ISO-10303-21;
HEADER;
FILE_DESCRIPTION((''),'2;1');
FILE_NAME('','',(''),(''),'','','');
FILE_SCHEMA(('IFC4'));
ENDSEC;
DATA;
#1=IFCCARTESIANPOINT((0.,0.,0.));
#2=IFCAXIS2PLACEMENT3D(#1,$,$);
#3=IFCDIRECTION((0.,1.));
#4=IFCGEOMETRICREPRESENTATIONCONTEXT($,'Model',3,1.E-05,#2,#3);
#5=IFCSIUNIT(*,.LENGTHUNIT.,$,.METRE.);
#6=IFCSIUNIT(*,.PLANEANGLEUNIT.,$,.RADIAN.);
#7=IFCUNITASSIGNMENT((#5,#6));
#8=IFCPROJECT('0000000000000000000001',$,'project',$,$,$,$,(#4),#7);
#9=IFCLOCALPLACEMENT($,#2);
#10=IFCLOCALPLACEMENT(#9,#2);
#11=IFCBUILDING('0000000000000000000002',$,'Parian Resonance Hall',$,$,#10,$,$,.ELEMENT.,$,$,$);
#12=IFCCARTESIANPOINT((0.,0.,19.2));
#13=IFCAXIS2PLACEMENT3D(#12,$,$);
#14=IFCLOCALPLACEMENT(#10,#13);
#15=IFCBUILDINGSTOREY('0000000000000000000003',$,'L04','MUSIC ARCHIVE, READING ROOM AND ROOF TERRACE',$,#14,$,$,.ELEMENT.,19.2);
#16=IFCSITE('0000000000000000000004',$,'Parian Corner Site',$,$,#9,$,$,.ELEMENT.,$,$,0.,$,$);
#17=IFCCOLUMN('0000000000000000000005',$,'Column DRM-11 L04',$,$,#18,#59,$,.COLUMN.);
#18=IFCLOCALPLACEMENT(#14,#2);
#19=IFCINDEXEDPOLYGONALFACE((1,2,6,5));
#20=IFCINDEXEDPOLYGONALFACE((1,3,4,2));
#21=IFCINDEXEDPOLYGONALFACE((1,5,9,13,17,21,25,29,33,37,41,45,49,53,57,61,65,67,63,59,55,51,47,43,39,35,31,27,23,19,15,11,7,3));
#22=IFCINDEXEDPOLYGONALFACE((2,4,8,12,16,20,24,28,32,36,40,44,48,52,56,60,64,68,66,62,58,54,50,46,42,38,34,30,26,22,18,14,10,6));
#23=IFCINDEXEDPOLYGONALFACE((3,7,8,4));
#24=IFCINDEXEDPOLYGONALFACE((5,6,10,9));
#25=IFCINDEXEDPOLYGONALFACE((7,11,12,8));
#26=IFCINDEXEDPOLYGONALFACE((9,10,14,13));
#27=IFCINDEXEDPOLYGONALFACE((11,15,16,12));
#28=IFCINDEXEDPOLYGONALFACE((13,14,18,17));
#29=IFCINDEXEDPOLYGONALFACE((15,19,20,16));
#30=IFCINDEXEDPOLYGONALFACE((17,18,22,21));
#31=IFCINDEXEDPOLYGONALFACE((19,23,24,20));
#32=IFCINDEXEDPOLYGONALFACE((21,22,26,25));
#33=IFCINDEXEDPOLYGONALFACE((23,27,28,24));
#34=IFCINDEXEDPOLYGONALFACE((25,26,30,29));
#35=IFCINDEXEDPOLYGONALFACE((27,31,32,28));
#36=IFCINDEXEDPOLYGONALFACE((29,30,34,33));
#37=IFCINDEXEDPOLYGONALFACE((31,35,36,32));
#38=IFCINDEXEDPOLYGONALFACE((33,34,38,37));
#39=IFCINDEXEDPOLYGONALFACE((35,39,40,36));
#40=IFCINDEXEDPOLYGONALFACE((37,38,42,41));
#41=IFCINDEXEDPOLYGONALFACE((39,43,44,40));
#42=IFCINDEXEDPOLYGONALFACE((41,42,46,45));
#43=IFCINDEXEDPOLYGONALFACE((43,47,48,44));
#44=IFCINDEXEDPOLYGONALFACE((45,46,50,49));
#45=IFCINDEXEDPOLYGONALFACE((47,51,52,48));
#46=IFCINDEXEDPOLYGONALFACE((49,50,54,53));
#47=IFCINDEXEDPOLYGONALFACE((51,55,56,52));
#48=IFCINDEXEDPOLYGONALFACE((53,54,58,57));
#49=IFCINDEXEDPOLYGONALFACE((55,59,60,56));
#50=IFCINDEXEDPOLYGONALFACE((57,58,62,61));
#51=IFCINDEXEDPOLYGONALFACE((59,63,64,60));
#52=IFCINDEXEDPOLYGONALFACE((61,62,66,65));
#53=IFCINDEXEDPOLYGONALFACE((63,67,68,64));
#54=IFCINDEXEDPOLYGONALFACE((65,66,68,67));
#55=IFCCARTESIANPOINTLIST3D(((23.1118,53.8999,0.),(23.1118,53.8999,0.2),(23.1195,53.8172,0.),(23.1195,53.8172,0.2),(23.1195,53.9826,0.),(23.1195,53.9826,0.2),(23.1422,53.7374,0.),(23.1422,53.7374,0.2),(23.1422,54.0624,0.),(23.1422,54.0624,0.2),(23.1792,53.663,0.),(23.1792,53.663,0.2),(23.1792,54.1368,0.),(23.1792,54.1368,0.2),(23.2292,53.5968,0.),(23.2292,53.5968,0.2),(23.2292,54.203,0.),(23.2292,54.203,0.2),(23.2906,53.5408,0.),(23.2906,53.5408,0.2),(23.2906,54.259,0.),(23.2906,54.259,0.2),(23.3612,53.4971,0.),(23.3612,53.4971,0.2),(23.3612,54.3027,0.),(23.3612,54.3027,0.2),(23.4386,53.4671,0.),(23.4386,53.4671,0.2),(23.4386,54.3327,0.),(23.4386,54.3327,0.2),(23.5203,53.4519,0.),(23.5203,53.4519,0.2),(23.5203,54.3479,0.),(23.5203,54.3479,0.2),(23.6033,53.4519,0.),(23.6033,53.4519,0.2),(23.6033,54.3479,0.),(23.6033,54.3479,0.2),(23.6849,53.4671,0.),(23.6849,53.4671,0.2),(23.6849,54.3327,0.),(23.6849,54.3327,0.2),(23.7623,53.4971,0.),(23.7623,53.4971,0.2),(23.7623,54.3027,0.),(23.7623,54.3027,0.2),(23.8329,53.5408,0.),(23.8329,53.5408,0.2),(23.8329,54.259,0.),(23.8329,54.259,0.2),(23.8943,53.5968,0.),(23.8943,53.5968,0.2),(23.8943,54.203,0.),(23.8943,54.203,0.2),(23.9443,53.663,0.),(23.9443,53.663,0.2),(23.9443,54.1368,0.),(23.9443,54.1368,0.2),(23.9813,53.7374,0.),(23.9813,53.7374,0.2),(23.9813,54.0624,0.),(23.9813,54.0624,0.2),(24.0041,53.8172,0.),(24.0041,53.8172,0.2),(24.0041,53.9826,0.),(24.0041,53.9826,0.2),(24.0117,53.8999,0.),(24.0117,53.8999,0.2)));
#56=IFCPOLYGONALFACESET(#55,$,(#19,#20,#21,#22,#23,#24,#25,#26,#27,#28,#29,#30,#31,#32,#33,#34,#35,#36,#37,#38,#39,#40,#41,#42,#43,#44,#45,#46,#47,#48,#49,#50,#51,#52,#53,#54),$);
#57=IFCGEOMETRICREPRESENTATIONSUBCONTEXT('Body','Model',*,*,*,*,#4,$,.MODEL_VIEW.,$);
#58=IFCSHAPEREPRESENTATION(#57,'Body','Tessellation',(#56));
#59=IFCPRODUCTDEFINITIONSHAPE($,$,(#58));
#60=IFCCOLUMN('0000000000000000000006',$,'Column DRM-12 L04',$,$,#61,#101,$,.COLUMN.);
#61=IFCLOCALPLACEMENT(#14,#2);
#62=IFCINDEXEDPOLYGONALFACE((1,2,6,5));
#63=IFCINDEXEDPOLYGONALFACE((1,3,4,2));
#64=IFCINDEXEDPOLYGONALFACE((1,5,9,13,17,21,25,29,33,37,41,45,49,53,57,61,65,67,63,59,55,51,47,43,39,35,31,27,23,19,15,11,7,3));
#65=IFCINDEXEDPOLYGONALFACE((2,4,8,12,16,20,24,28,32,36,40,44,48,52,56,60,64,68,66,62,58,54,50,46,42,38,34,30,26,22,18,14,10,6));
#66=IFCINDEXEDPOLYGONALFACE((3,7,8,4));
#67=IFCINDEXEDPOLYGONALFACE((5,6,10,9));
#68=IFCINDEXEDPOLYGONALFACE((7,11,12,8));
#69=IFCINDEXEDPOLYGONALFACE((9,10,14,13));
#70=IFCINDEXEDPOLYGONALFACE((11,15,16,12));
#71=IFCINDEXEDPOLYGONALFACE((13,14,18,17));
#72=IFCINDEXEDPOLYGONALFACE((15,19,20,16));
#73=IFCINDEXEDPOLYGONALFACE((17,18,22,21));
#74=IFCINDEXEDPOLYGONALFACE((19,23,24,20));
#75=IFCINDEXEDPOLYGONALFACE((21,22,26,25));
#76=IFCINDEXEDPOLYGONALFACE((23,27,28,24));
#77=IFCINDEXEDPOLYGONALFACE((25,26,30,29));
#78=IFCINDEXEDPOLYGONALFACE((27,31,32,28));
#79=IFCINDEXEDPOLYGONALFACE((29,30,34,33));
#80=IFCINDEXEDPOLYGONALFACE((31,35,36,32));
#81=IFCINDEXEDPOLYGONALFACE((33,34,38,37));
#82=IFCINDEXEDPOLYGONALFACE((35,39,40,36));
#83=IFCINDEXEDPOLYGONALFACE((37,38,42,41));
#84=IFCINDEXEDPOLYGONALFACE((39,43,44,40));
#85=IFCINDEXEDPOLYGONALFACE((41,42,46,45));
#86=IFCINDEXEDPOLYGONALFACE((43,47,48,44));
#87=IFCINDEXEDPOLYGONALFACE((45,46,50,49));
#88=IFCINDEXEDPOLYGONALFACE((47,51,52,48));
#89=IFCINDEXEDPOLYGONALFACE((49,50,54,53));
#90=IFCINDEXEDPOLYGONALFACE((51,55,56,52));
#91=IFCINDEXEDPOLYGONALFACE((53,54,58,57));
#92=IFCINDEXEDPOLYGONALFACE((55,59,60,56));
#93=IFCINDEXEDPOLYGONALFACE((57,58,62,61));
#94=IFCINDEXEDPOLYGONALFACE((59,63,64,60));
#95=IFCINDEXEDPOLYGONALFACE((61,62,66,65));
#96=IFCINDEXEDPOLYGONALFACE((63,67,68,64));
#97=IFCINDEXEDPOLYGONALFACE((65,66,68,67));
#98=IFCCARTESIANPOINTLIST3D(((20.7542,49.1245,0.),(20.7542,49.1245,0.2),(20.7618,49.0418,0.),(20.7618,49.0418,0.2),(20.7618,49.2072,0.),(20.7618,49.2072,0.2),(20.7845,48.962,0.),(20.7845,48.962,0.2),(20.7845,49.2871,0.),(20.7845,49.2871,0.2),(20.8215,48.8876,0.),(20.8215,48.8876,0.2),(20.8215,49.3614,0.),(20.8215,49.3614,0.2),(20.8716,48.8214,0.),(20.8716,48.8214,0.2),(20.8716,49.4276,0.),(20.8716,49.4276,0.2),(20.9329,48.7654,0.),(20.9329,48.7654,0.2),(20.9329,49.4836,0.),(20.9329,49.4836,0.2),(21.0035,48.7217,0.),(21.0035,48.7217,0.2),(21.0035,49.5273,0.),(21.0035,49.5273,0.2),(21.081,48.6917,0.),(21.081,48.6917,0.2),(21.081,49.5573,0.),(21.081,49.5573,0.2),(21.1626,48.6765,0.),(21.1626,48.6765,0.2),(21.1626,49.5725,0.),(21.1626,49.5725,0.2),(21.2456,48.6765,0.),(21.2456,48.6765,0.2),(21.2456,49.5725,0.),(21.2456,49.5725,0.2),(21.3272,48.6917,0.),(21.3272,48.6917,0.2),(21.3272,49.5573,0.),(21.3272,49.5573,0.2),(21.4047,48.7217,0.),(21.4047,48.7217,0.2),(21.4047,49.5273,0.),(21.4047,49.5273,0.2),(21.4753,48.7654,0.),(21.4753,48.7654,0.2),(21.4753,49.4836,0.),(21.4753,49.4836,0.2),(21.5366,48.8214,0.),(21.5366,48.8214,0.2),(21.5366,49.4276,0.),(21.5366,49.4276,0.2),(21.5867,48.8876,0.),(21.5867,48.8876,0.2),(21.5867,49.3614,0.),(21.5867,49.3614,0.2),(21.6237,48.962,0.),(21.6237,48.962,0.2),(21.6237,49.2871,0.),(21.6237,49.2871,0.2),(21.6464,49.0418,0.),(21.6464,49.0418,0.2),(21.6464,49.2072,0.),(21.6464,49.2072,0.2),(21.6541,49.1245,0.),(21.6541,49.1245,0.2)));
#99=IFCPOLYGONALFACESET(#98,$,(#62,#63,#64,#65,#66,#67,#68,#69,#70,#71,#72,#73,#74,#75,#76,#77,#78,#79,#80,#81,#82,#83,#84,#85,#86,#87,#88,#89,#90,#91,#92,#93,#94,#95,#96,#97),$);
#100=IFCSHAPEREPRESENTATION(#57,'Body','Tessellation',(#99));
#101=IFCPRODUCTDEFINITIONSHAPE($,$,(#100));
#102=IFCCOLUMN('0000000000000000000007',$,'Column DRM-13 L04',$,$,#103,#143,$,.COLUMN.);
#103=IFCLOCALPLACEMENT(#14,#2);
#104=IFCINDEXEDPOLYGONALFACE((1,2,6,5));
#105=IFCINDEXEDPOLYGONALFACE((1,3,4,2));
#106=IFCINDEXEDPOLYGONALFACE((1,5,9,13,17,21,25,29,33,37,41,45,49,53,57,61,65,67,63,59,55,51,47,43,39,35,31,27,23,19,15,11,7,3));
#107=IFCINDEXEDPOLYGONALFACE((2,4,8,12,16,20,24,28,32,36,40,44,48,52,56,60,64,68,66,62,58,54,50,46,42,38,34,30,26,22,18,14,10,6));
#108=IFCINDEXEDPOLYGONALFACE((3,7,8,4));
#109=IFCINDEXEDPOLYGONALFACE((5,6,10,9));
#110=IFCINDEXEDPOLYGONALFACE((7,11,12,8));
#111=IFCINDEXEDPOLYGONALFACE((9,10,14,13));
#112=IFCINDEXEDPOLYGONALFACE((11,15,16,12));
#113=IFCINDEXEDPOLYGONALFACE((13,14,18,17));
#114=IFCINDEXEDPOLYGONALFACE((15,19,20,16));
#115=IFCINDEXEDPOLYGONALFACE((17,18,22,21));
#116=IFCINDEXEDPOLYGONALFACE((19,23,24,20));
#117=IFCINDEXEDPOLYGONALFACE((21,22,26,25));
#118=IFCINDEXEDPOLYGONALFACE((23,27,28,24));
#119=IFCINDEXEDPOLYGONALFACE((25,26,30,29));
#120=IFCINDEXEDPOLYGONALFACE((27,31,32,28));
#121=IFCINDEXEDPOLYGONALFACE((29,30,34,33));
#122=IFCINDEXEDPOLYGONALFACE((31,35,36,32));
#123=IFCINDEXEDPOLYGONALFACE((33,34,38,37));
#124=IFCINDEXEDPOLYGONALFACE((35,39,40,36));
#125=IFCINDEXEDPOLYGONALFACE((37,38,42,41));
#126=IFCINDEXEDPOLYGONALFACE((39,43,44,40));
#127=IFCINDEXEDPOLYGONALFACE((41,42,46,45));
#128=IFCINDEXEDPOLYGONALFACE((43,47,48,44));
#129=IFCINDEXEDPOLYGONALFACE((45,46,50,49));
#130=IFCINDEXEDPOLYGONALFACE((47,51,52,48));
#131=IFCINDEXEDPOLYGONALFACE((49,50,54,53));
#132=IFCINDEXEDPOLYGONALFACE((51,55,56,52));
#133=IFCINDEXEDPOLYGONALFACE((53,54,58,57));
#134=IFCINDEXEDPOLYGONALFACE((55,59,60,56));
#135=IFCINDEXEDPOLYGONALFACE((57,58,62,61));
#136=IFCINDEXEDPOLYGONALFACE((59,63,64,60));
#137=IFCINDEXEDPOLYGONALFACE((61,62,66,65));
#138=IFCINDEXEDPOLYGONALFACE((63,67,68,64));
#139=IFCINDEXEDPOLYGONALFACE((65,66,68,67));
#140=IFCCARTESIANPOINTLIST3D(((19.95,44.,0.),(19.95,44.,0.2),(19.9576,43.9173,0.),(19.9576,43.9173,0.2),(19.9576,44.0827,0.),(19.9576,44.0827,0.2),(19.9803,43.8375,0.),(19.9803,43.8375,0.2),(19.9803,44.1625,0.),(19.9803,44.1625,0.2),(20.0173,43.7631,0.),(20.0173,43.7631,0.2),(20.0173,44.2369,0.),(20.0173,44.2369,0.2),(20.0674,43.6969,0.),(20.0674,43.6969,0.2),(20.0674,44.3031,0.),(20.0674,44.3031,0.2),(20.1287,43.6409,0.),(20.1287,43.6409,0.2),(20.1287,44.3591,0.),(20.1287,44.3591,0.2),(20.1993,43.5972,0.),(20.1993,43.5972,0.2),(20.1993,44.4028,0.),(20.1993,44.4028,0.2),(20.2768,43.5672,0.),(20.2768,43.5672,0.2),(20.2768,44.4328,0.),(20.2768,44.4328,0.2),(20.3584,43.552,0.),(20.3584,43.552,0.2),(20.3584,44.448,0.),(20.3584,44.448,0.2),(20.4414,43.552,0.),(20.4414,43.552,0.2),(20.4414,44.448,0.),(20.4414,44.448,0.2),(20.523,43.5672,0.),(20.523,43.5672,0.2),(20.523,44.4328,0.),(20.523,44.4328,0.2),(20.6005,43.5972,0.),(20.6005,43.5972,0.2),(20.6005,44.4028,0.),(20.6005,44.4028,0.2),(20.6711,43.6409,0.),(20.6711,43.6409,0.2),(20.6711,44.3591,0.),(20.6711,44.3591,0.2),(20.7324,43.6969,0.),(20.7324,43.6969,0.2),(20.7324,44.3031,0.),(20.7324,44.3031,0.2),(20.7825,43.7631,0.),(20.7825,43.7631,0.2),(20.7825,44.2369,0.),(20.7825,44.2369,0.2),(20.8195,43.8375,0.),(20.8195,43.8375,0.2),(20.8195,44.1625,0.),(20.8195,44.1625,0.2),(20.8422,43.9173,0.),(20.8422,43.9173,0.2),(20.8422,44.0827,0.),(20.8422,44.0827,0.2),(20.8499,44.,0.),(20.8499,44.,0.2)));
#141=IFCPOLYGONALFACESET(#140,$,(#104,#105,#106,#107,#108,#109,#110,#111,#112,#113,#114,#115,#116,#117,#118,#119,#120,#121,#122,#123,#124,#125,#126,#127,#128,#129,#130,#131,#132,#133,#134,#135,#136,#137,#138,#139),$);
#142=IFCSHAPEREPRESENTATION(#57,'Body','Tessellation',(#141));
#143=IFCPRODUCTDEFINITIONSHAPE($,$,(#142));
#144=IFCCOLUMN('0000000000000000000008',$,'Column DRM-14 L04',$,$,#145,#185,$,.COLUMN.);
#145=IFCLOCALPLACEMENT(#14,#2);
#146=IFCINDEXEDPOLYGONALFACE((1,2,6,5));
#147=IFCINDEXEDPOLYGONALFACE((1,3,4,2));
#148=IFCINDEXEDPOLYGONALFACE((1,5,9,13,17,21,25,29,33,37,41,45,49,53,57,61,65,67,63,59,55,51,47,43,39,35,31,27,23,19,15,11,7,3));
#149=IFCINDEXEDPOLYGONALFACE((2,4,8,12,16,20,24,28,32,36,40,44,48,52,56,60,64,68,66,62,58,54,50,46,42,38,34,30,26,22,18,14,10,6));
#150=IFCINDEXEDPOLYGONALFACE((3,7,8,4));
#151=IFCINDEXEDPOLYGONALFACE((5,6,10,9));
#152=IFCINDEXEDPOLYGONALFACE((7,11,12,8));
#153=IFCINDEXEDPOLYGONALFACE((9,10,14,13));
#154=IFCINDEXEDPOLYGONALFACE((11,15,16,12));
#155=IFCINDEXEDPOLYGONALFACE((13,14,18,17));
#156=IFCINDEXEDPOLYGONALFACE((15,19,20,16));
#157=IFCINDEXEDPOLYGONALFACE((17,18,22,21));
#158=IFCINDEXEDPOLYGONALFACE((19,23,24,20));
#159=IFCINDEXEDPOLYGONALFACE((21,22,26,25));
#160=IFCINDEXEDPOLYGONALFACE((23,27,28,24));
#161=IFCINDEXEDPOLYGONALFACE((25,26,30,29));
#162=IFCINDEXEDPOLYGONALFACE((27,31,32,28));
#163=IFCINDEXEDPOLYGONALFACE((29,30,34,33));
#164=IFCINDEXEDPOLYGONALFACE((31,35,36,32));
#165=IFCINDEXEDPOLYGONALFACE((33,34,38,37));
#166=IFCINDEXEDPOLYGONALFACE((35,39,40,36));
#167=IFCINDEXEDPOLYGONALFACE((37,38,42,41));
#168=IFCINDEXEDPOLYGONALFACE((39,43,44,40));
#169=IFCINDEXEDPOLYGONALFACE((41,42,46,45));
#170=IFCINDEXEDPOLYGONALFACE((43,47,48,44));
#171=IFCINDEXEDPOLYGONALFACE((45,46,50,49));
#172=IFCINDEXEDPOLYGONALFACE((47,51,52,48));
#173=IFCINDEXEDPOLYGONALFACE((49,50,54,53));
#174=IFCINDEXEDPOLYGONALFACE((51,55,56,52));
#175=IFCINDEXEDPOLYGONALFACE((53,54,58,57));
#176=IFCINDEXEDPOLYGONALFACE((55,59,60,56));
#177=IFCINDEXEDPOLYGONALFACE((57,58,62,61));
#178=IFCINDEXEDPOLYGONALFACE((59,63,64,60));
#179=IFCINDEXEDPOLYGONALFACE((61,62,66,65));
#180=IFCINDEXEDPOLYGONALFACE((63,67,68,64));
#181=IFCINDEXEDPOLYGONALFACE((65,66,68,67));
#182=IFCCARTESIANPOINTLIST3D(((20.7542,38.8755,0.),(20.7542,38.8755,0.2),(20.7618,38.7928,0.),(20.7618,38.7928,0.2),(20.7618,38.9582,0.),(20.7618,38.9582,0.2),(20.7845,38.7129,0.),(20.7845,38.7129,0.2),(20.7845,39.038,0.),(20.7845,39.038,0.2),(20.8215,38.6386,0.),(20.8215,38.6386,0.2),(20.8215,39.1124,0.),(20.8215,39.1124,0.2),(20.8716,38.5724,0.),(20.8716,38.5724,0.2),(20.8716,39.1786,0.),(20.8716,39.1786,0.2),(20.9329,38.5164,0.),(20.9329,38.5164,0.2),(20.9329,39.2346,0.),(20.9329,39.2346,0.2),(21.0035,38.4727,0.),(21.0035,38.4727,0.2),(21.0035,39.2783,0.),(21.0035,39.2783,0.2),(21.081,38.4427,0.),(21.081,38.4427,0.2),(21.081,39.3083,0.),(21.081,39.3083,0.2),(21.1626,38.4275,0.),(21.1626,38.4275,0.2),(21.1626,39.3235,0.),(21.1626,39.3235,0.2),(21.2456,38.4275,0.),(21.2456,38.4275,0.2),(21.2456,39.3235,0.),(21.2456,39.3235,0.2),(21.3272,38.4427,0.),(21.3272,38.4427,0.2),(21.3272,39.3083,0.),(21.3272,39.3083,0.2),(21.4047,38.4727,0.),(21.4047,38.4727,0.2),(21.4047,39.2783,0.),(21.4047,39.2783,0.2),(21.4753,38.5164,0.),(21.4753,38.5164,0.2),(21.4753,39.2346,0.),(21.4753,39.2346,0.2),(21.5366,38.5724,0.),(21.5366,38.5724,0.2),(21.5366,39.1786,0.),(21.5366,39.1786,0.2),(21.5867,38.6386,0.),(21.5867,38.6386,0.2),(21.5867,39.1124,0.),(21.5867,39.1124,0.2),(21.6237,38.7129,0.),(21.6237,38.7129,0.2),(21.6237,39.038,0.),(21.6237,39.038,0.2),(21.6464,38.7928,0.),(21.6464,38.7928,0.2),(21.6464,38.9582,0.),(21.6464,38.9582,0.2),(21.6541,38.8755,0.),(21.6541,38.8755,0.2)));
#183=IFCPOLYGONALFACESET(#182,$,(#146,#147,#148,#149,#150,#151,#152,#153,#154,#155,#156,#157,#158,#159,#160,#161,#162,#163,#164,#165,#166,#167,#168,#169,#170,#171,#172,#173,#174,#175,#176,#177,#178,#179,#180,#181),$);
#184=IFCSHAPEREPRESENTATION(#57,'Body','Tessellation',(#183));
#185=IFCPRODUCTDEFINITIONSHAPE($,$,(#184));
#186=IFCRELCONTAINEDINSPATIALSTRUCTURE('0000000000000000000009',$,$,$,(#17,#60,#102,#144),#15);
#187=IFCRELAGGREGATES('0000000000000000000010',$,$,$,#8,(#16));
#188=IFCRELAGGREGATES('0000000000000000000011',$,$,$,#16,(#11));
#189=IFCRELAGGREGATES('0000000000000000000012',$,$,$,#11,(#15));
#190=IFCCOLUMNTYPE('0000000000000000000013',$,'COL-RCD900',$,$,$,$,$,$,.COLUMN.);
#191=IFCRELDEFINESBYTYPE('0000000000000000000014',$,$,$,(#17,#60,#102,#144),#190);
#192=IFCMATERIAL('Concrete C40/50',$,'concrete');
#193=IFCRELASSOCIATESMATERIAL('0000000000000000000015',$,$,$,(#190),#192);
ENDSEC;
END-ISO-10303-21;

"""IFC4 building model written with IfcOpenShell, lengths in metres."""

from ifc_helpers import new_model, si_unit, direction, frame, origin, origin_2d, place, context, subcontext, project, spatial, circle, extrude, material, material_profile, profile_set, type_object, element, save


model = new_model("IFC4")

# Units and contexts
model_context = context("Model", 3, precision=1e-05, world=origin(), true_north=direction((0.0, 1.0)))
body_context = subcontext(model_context, "Body", "Model", "MODEL_VIEW")
ifc_project = project(units=[si_unit("LENGTHUNIT", "METRE"), si_unit("PLANEANGLEUNIT", "RADIAN")], contexts=[model_context])

# Site, building, storey
site_placement = place(None, origin())
site = spatial("IfcSite", under=ifc_project, at=site_placement, Name="Parian Corner Site", CompositionType="ELEMENT", RefElevation=0.0)
building_placement = place(site_placement, origin())
building = spatial("IfcBuilding", under=site, at=building_placement, Name="Parian Resonance Hall", CompositionType="ELEMENT")
storey_placement = place(building_placement, frame((0.0, 0.0, 19.2)))
storey = spatial("IfcBuildingStorey", under=building, at=storey_placement, Name="L04", Description="MUSIC ARCHIVE, READING ROOM AND ROOF TERRACE", CompositionType="ELEMENT", Elevation=19.2)

# Columns
ifc_material_1 = material(Name="Concrete C40/50", Category="concrete")
ifc_material_profile_1 = material_profile(ifc_material_1, circle(Radius=0.45, at=origin_2d()), Name="RC-COL-D900")
ifc_profile_set_1 = profile_set([ifc_material_profile_1], Name="Concrete C40/50")
column_type = type_object("IfcColumnType", Name="COL-RCD900", PredefinedType="COLUMN", material=ifc_profile_set_1)
for number, where, z_axis, x_axis, name in (
    (1, (23.5618, 53.8999, 0.0), (0.0, 0.0, 1.0), (1.0, 0.0, 0.0), "Column DRM-11 L04"),
    (2, (21.2041, 49.1245, 0.0), (0.0, 0.0, 1.0), (1.0, 0.0, 0.0), "Column DRM-12 L04"),
    (3, (20.3999, 44.0, 0.0), (0.0, 0.0, 1.0), (1.0, 0.0, 0.0), "Column DRM-13 L04"),
    (4, (21.2041, 38.8755, 0.0), (0.0, 0.0, 1.0), (1.0, 0.0, 0.0), "Column DRM-14 L04"),
):
    element("IfcColumn", number, at=place(storey_placement, frame(where, z_axis=z_axis, x_axis=x_axis)), inside=storey, type_object=column_type, Name=name, PredefinedType="COLUMN", context=body_context, shape_type="SweptSolid", body=[
        extrude(circle(Radius=0.45, at=origin_2d()), origin(), (0.0, 0.0, 1.0), 0.2),
    ])

save(model, "model.ifc")
